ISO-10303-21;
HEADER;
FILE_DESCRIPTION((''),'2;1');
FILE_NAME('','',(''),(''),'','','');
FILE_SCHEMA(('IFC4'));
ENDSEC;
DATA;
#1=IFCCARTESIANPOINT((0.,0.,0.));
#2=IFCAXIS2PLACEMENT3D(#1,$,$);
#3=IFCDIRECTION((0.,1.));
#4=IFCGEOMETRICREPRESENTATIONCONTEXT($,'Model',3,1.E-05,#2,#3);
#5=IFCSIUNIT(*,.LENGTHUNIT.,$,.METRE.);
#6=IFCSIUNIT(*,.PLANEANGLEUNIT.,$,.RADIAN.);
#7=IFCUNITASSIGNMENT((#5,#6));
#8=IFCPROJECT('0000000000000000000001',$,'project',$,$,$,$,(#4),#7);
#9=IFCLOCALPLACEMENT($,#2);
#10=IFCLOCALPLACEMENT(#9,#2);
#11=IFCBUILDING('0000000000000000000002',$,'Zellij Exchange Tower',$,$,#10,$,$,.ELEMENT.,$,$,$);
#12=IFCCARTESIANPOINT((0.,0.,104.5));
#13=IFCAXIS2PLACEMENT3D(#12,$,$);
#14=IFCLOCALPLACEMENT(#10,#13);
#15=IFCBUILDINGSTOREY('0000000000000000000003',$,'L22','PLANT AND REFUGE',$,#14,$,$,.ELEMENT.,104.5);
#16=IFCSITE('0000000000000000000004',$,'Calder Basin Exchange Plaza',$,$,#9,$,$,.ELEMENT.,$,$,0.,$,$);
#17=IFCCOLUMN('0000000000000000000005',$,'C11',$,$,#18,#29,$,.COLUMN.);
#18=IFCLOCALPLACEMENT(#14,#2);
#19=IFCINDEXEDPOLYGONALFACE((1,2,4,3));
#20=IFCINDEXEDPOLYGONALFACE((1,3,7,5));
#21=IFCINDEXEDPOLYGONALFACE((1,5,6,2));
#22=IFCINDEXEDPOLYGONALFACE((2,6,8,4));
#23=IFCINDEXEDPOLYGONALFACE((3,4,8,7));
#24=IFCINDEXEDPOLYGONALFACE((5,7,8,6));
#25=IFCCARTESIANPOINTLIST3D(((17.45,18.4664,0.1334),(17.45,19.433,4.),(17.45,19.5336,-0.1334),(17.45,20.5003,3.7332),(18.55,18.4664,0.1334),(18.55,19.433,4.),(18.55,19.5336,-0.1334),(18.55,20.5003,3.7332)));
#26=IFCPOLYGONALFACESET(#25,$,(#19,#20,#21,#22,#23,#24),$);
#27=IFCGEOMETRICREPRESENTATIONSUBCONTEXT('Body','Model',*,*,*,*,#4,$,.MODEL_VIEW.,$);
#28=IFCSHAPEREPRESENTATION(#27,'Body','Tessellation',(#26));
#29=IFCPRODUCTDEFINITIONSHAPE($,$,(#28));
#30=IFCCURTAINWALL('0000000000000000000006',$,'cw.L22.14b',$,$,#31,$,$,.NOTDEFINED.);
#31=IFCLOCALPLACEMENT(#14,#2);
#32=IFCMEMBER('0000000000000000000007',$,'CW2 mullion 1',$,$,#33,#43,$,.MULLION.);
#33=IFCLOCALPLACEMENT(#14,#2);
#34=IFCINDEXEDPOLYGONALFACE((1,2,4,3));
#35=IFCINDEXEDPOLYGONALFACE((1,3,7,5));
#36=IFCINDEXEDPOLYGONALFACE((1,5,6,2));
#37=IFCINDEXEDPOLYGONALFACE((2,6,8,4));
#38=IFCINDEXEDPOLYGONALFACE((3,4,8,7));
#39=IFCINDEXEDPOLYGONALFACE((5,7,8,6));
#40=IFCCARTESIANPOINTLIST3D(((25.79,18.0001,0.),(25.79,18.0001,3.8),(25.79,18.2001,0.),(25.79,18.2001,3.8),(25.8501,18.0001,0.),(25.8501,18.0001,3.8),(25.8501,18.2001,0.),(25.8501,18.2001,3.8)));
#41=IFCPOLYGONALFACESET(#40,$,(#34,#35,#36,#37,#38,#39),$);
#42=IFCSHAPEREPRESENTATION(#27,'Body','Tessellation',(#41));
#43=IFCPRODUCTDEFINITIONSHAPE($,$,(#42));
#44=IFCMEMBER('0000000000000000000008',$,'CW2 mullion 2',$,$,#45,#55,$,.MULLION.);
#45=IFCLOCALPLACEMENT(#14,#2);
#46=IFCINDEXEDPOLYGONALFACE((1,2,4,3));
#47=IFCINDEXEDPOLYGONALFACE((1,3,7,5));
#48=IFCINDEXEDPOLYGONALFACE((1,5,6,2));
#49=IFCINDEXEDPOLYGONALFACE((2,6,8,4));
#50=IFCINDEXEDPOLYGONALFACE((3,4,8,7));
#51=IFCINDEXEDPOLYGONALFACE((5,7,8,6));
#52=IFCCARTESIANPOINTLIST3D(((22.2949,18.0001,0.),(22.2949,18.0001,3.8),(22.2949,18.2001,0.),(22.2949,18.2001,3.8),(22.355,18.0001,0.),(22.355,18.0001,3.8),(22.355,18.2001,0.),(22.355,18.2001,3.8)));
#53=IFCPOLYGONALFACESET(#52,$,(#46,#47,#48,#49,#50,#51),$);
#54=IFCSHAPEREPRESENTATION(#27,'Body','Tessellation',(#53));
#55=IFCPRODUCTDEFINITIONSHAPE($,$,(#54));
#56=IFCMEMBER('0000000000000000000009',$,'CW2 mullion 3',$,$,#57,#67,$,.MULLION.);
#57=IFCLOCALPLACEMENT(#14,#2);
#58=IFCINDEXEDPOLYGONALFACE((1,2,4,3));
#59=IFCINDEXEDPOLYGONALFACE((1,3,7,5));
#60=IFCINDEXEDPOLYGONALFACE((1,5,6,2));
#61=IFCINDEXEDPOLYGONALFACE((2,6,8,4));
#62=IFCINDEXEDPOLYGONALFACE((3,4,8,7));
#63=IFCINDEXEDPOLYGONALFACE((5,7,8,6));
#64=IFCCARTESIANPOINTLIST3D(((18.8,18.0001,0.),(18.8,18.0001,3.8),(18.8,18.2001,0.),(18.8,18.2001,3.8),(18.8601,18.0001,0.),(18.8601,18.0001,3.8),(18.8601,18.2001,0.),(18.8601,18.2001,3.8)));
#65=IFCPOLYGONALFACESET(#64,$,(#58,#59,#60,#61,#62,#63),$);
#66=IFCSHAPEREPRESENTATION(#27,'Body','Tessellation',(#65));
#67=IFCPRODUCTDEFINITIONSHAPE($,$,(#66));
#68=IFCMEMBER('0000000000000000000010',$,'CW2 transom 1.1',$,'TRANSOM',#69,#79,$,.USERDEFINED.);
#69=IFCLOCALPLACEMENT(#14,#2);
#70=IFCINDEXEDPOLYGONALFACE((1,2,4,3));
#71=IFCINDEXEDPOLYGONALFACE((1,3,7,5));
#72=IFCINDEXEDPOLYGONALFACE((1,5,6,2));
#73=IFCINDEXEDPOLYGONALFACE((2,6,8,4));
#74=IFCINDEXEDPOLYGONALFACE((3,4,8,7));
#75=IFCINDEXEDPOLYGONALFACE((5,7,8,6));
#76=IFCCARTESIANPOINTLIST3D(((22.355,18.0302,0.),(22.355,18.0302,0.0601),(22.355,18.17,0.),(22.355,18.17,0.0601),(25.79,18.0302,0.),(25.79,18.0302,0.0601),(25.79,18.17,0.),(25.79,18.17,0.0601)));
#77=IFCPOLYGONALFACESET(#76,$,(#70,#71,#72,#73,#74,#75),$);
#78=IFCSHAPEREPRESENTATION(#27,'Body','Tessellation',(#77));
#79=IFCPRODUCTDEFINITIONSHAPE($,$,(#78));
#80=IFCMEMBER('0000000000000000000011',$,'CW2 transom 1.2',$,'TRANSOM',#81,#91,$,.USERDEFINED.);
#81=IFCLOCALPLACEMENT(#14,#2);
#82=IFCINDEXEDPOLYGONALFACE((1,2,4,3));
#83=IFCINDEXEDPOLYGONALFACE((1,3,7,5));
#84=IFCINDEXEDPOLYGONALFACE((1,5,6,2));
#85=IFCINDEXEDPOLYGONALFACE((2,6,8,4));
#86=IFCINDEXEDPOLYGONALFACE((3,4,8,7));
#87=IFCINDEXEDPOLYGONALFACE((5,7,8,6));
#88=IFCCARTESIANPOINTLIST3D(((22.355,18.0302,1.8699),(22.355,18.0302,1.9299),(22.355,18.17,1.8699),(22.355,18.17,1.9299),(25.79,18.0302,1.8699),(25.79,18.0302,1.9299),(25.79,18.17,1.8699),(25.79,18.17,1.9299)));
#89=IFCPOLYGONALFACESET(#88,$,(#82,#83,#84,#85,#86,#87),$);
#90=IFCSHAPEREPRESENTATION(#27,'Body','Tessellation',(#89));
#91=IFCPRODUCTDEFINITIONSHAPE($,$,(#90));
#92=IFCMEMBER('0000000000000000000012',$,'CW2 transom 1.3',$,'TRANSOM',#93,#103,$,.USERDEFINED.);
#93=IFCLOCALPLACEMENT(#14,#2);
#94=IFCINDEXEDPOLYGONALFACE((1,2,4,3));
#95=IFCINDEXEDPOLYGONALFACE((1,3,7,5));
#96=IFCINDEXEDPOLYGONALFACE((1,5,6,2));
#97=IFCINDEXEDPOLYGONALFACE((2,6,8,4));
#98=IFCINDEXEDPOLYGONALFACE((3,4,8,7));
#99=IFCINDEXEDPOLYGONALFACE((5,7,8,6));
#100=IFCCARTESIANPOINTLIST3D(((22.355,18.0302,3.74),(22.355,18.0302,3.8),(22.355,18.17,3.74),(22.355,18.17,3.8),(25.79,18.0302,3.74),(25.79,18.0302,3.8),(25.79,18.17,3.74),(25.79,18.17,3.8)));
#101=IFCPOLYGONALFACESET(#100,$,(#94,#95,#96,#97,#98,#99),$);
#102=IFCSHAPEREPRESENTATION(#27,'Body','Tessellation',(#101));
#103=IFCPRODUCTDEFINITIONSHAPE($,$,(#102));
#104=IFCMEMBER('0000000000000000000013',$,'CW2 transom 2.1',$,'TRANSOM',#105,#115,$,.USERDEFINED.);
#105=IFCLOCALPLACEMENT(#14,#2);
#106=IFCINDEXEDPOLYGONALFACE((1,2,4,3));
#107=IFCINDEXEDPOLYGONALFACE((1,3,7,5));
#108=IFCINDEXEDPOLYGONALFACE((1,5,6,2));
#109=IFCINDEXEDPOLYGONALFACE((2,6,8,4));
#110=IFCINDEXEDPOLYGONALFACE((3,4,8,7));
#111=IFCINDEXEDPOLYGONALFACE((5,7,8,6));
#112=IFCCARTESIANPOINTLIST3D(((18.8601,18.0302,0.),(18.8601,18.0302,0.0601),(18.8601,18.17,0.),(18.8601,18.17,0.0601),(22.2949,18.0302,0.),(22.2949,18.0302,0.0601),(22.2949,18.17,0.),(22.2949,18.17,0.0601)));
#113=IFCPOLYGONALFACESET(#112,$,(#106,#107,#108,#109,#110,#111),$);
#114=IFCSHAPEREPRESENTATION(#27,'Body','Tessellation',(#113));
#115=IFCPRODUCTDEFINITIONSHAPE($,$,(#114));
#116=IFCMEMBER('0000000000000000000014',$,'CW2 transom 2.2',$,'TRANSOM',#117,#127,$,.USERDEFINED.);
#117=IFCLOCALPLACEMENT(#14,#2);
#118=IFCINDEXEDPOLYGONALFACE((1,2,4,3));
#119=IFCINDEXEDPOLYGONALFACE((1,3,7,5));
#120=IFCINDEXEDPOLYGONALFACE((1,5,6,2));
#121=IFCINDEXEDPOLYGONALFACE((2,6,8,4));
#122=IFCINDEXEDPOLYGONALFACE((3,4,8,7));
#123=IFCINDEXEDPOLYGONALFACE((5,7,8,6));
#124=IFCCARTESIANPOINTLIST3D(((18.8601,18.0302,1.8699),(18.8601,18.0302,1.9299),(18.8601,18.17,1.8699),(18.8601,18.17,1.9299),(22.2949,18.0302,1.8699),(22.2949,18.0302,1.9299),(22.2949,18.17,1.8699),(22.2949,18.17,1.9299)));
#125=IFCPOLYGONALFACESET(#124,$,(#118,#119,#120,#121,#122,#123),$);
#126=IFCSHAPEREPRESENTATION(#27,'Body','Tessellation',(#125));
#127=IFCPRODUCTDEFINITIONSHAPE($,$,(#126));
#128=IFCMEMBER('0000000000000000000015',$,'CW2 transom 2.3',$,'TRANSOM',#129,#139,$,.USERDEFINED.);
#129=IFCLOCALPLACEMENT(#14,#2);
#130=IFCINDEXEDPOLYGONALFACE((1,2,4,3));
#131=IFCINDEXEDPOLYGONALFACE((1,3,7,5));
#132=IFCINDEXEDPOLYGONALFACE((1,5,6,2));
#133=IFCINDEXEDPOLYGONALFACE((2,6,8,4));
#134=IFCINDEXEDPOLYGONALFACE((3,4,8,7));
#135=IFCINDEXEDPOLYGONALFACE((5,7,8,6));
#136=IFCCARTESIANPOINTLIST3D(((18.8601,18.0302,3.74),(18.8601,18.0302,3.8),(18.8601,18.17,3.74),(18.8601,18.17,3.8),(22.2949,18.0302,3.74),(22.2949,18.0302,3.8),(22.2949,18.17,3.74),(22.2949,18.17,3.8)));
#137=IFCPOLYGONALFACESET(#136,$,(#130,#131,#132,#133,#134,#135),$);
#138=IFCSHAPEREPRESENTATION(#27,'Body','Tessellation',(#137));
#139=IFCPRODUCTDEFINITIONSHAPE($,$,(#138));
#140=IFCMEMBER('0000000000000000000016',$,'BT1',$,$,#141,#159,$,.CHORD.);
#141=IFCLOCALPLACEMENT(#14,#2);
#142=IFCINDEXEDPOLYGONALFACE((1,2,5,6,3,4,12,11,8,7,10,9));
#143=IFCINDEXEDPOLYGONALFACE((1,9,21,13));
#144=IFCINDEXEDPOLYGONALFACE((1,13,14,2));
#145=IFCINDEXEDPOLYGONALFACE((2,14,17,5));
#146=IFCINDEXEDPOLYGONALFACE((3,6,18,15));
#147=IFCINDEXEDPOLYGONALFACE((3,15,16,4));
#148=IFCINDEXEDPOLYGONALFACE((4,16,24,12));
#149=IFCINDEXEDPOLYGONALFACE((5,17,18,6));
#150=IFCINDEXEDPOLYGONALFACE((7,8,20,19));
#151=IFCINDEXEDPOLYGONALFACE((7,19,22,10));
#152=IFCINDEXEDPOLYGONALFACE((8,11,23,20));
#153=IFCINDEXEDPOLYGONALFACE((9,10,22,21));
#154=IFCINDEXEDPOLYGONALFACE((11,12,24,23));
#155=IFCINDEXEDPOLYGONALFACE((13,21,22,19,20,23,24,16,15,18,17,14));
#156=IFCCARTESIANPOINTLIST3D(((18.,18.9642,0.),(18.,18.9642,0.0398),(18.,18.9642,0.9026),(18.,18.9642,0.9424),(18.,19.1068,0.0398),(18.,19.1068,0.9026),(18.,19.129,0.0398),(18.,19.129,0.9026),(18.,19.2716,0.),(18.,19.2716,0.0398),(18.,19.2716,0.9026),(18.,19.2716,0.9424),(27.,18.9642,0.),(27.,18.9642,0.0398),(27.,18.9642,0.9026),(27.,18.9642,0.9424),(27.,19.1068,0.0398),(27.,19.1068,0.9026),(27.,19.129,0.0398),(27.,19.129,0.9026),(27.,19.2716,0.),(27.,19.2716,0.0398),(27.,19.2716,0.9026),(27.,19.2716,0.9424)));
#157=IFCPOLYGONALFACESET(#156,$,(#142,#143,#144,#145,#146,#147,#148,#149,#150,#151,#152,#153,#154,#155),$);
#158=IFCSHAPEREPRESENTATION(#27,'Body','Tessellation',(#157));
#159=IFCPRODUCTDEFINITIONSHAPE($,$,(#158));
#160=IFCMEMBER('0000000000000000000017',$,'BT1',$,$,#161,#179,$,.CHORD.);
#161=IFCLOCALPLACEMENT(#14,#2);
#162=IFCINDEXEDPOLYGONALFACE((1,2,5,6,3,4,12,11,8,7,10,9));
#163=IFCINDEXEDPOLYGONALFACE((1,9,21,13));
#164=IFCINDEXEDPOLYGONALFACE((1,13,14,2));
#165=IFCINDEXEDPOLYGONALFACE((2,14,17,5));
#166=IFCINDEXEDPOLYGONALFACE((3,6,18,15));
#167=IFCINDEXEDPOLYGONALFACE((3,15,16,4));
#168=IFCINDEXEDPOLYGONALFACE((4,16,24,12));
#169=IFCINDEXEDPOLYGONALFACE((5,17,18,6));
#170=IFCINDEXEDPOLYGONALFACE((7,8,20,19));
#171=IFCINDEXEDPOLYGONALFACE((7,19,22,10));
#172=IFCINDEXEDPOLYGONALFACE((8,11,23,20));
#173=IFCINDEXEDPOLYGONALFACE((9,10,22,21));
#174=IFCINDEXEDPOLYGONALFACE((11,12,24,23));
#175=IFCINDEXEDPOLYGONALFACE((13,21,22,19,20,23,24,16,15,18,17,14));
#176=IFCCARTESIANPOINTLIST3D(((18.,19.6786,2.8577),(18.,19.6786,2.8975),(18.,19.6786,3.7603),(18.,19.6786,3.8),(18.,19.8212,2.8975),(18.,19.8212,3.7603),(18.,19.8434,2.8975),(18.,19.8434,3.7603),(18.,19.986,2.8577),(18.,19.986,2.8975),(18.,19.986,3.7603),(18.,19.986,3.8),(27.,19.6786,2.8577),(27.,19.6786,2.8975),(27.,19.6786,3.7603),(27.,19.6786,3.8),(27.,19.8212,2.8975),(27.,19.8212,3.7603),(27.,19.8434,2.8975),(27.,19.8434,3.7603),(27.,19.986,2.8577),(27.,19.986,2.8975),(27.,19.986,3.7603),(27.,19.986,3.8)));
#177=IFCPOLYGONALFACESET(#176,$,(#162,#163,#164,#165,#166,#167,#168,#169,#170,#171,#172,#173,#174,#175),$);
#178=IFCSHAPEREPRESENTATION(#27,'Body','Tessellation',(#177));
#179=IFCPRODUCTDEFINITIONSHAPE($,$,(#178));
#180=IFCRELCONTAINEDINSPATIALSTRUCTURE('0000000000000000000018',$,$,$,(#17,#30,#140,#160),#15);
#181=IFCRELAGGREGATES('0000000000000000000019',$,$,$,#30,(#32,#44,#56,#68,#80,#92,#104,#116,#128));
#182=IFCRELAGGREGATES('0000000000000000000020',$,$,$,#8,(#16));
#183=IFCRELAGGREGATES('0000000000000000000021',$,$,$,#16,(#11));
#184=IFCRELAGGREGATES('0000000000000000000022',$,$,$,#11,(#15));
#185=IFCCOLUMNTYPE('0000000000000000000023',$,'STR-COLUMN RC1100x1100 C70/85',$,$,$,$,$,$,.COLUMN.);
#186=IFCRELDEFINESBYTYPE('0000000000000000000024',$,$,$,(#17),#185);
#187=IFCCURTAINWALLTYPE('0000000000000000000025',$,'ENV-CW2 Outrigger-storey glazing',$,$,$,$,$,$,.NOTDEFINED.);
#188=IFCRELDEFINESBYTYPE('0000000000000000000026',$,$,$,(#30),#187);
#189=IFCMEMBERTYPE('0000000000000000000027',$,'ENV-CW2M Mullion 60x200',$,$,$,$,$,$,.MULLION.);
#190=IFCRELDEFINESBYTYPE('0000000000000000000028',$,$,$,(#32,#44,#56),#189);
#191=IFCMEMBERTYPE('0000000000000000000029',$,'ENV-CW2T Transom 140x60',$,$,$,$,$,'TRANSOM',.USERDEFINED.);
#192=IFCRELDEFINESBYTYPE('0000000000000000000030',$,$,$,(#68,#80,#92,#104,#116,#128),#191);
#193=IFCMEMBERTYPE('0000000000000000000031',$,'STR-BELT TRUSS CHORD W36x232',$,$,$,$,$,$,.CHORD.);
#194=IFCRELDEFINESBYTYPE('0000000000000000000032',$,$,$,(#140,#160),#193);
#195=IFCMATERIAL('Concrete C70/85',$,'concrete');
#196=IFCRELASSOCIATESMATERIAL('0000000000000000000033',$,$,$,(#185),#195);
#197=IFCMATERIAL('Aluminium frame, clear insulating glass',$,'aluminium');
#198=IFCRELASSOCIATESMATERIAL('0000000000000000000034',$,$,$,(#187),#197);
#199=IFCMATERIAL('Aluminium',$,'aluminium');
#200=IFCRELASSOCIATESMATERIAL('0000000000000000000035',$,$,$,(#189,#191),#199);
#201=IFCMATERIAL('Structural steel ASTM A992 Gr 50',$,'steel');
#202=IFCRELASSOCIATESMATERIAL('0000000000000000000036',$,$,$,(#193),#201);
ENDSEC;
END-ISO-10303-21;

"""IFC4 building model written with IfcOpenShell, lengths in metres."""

from ifc_helpers import new_model, si_unit, direction, frame, origin, origin_2d, place, context, subcontext, project, spatial, rectangle, i_section, extrude, clip, halfspace, material, material_profile, profile_set, type_object, element, aggregate, save


model = new_model("IFC4")

# Units and contexts
model_context = context("Model", 3, precision=1e-05, world=origin(), true_north=direction((0.0, 1.0)))
body_context = subcontext(model_context, "Body", "Model", "MODEL_VIEW")
ifc_project = project(units=[si_unit("LENGTHUNIT", "METRE"), si_unit("PLANEANGLEUNIT", "RADIAN")], contexts=[model_context])

# Site, building, storey
site_placement = place(None, origin())
site = spatial("IfcSite", under=ifc_project, at=site_placement, Name="Calder Basin Exchange Plaza", CompositionType="ELEMENT", RefElevation=0.0)
building_placement = place(site_placement, origin())
building = spatial("IfcBuilding", under=site, at=building_placement, Name="Zellij Exchange Tower", CompositionType="ELEMENT")
storey_placement = place(building_placement, frame((0.0, 0.0, 104.5)))
storey = spatial("IfcBuildingStorey", under=building, at=storey_placement, Name="L22", Description="PLANT AND REFUGE", CompositionType="ELEMENT", Elevation=104.5)

# Column
ifc_material_1 = material(Name="Concrete C70/85", Category="concrete")
ifc_material_profile_1 = material_profile(ifc_material_1, rectangle(XDim=1.1001, YDim=1.1001, at=origin_2d()), Name="STR-COLUMN RC1100x1100 C70/85")
ifc_profile_set_1 = profile_set([ifc_material_profile_1], Name="Concrete C70/85")
column_type = type_object("IfcColumnType", Name="STR-COLUMN RC1100x1100 C70/85", PredefinedType="COLUMN", material=ifc_profile_set_1)
column_placement = place(storey_placement, frame((18.0, 19.0, 0.0), z_axis=(0.0, 0.242536, 0.970143), x_axis=(-1.0, 0.0, 0.0)))
element("IfcColumn", 1, at=column_placement, inside=storey, type_object=column_type, Name="C11", PredefinedType="COLUMN", context=body_context, shape_type="Clipping", body=[
    clip(extrude(rectangle(XDim=1.1001, YDim=1.1001, at=origin_2d()), origin(), (0.0, 0.0, 1.0), 4.123), halfspace(frame((0.0, 0.0, 3.9856)), False)),
])

# Curtain wall, members
ifc_material_2 = material(Name="Aluminium frame, clear insulating glass", Category="aluminium")
curtain_wall_type = type_object("IfcCurtainWallType", Name="ENV-CW2 Outrigger-storey glazing", PredefinedType="NOTDEFINED", material=ifc_material_2)
curtain_wall_placement = place(storey_placement, origin())
curtain_wall = element("IfcCurtainWall", 2, at=curtain_wall_placement, inside=storey, type_object=curtain_wall_type, Name="cw.L22.14b", PredefinedType="NOTDEFINED")
ifc_material_3 = material(Name="Aluminium", Category="aluminium")
ifc_material_profile_2 = material_profile(ifc_material_3, rectangle(XDim=0.0601, YDim=0.2, at=origin_2d()), Name="AL 60x200")
ifc_profile_set_2 = profile_set([ifc_material_profile_2], Name="Aluminium")
member_type_1 = type_object("IfcMemberType", Name="ENV-CW2M Mullion 60x200", PredefinedType="MULLION", material=ifc_profile_set_2)
member_1_placement = place(storey_placement, frame((25.8201, 18.1001, 0.0), z_axis=(0.0, 0.0, 1.0), x_axis=(-1.0, 0.0, 0.0)))
member_1 = element("IfcMember", 3, at=member_1_placement, type_object=member_type_1, Name="CW2 mullion 1", PredefinedType="MULLION", context=body_context, shape_type="SweptSolid", body=[
    extrude(rectangle(XDim=0.0601, YDim=0.2, at=origin_2d()), origin(), (0.0, 0.0, 1.0), 3.8),
])
member_2_placement = place(storey_placement, frame((22.325, 18.1001, 0.0), z_axis=(0.0, 0.0, 1.0), x_axis=(-1.0, 0.0, 0.0)))
member_2 = element("IfcMember", 4, at=member_2_placement, type_object=member_type_1, Name="CW2 mullion 2", PredefinedType="MULLION", context=body_context, shape_type="SweptSolid", body=[
    extrude(rectangle(XDim=0.0601, YDim=0.2, at=origin_2d()), origin(), (0.0, 0.0, 1.0), 3.8),
])
member_3_placement = place(storey_placement, frame((18.8301, 18.1001, 0.0), z_axis=(0.0, 0.0, 1.0), x_axis=(-1.0, 0.0, 0.0)))
member_3 = element("IfcMember", 5, at=member_3_placement, type_object=member_type_1, Name="CW2 mullion 3", PredefinedType="MULLION", context=body_context, shape_type="SweptSolid", body=[
    extrude(rectangle(XDim=0.0601, YDim=0.2, at=origin_2d()), origin(), (0.0, 0.0, 1.0), 3.8),
])
ifc_material_profile_3 = material_profile(ifc_material_3, rectangle(XDim=0.1399, YDim=0.0601, at=origin_2d()), Name="AL 140x60")
ifc_profile_set_3 = profile_set([ifc_material_profile_3], Name="Aluminium")
member_type_2 = type_object("IfcMemberType", Name="ENV-CW2T Transom 140x60", ElementType="TRANSOM", PredefinedType="USERDEFINED", material=ifc_profile_set_3)
member_4_placement = place(storey_placement, frame((25.79, 18.1001, 0.03), z_axis=(-1.0, 0.0, 0.0), x_axis=(0.0, -1.0, 0.0)))
member_4 = element("IfcMember", 6, at=member_4_placement, type_object=member_type_2, Name="CW2 transom 1.1", ObjectType="TRANSOM", PredefinedType="USERDEFINED", context=body_context, shape_type="SweptSolid", body=[
    extrude(rectangle(XDim=0.1399, YDim=0.0601, at=origin_2d()), origin(), (0.0, 0.0, 1.0), 3.4351),
])
member_5_placement = place(storey_placement, frame((25.79, 18.1001, 1.8999), z_axis=(-1.0, 0.0, 0.0), x_axis=(0.0, -1.0, 0.0)))
member_5 = element("IfcMember", 7, at=member_5_placement, type_object=member_type_2, Name="CW2 transom 1.2", ObjectType="TRANSOM", PredefinedType="USERDEFINED", context=body_context, shape_type="SweptSolid", body=[
    extrude(rectangle(XDim=0.1399, YDim=0.0601, at=origin_2d()), origin(), (0.0, 0.0, 1.0), 3.4351),
])
member_6_placement = place(storey_placement, frame((25.79, 18.1001, 3.77), z_axis=(-1.0, 0.0, 0.0), x_axis=(0.0, -1.0, 0.0)))
member_6 = element("IfcMember", 8, at=member_6_placement, type_object=member_type_2, Name="CW2 transom 1.3", ObjectType="TRANSOM", PredefinedType="USERDEFINED", context=body_context, shape_type="SweptSolid", body=[
    extrude(rectangle(XDim=0.1399, YDim=0.0601, at=origin_2d()), origin(), (0.0, 0.0, 1.0), 3.4351),
])
member_7_placement = place(storey_placement, frame((22.2949, 18.1001, 0.03), z_axis=(-1.0, 0.0, 0.0), x_axis=(0.0, -1.0, 0.0)))
member_7 = element("IfcMember", 9, at=member_7_placement, type_object=member_type_2, Name="CW2 transom 2.1", ObjectType="TRANSOM", PredefinedType="USERDEFINED", context=body_context, shape_type="SweptSolid", body=[
    extrude(rectangle(XDim=0.1399, YDim=0.0601, at=origin_2d()), origin(), (0.0, 0.0, 1.0), 3.4348),
])
member_8_placement = place(storey_placement, frame((22.2949, 18.1001, 1.8999), z_axis=(-1.0, 0.0, 0.0), x_axis=(0.0, -1.0, 0.0)))
member_8 = element("IfcMember", 10, at=member_8_placement, type_object=member_type_2, Name="CW2 transom 2.2", ObjectType="TRANSOM", PredefinedType="USERDEFINED", context=body_context, shape_type="SweptSolid", body=[
    extrude(rectangle(XDim=0.1399, YDim=0.0601, at=origin_2d()), origin(), (0.0, 0.0, 1.0), 3.4348),
])
member_9_placement = place(storey_placement, frame((22.2949, 18.1001, 3.77), z_axis=(-1.0, 0.0, 0.0), x_axis=(0.0, -1.0, 0.0)))
member_9 = element("IfcMember", 11, at=member_9_placement, type_object=member_type_2, Name="CW2 transom 2.3", ObjectType="TRANSOM", PredefinedType="USERDEFINED", context=body_context, shape_type="SweptSolid", body=[
    extrude(rectangle(XDim=0.1399, YDim=0.0601, at=origin_2d()), origin(), (0.0, 0.0, 1.0), 3.4348),
])

# Members
ifc_material_4 = material(Name="Structural steel ASTM A992 Gr 50", Category="steel")
ifc_material_profile_4 = material_profile(ifc_material_4, i_section(OverallWidth=0.3074, OverallDepth=0.9424, WebThickness=0.0222, FlangeThickness=0.0398, at=origin_2d()), Name="W36x232")
ifc_profile_set_4 = profile_set([ifc_material_profile_4], Name="Structural steel ASTM A992 Gr 50")
member_type_3 = type_object("IfcMemberType", Name="STR-BELT TRUSS CHORD W36x232", PredefinedType="CHORD", material=ifc_profile_set_4)
for number, where, z_axis, x_axis, name in (
    (12, (18.0, 19.1179, 0.4712), (1.0, 0.0, 0.0), (0.0, 1.0, 0.0), "BT1"),
    (13, (18.0, 19.8323, 3.3289), (1.0, 0.0, 0.0), (0.0, 1.0, 0.0), "BT1"),
):
    element("IfcMember", number, at=place(storey_placement, frame(where, z_axis=z_axis, x_axis=x_axis)), inside=storey, type_object=member_type_3, Name=name, PredefinedType="CHORD", context=body_context, shape_type="SweptSolid", body=[
        extrude(i_section(OverallWidth=0.3074, OverallDepth=0.9424, WebThickness=0.0222, FlangeThickness=0.0398, at=origin_2d()), origin(), (0.0, 0.0, 1.0), 9.0),
    ])

aggregate(curtain_wall, [member_1, member_2, member_3, member_4, member_5, member_6, member_7, member_8, member_9])

save(model, "model.ifc")
